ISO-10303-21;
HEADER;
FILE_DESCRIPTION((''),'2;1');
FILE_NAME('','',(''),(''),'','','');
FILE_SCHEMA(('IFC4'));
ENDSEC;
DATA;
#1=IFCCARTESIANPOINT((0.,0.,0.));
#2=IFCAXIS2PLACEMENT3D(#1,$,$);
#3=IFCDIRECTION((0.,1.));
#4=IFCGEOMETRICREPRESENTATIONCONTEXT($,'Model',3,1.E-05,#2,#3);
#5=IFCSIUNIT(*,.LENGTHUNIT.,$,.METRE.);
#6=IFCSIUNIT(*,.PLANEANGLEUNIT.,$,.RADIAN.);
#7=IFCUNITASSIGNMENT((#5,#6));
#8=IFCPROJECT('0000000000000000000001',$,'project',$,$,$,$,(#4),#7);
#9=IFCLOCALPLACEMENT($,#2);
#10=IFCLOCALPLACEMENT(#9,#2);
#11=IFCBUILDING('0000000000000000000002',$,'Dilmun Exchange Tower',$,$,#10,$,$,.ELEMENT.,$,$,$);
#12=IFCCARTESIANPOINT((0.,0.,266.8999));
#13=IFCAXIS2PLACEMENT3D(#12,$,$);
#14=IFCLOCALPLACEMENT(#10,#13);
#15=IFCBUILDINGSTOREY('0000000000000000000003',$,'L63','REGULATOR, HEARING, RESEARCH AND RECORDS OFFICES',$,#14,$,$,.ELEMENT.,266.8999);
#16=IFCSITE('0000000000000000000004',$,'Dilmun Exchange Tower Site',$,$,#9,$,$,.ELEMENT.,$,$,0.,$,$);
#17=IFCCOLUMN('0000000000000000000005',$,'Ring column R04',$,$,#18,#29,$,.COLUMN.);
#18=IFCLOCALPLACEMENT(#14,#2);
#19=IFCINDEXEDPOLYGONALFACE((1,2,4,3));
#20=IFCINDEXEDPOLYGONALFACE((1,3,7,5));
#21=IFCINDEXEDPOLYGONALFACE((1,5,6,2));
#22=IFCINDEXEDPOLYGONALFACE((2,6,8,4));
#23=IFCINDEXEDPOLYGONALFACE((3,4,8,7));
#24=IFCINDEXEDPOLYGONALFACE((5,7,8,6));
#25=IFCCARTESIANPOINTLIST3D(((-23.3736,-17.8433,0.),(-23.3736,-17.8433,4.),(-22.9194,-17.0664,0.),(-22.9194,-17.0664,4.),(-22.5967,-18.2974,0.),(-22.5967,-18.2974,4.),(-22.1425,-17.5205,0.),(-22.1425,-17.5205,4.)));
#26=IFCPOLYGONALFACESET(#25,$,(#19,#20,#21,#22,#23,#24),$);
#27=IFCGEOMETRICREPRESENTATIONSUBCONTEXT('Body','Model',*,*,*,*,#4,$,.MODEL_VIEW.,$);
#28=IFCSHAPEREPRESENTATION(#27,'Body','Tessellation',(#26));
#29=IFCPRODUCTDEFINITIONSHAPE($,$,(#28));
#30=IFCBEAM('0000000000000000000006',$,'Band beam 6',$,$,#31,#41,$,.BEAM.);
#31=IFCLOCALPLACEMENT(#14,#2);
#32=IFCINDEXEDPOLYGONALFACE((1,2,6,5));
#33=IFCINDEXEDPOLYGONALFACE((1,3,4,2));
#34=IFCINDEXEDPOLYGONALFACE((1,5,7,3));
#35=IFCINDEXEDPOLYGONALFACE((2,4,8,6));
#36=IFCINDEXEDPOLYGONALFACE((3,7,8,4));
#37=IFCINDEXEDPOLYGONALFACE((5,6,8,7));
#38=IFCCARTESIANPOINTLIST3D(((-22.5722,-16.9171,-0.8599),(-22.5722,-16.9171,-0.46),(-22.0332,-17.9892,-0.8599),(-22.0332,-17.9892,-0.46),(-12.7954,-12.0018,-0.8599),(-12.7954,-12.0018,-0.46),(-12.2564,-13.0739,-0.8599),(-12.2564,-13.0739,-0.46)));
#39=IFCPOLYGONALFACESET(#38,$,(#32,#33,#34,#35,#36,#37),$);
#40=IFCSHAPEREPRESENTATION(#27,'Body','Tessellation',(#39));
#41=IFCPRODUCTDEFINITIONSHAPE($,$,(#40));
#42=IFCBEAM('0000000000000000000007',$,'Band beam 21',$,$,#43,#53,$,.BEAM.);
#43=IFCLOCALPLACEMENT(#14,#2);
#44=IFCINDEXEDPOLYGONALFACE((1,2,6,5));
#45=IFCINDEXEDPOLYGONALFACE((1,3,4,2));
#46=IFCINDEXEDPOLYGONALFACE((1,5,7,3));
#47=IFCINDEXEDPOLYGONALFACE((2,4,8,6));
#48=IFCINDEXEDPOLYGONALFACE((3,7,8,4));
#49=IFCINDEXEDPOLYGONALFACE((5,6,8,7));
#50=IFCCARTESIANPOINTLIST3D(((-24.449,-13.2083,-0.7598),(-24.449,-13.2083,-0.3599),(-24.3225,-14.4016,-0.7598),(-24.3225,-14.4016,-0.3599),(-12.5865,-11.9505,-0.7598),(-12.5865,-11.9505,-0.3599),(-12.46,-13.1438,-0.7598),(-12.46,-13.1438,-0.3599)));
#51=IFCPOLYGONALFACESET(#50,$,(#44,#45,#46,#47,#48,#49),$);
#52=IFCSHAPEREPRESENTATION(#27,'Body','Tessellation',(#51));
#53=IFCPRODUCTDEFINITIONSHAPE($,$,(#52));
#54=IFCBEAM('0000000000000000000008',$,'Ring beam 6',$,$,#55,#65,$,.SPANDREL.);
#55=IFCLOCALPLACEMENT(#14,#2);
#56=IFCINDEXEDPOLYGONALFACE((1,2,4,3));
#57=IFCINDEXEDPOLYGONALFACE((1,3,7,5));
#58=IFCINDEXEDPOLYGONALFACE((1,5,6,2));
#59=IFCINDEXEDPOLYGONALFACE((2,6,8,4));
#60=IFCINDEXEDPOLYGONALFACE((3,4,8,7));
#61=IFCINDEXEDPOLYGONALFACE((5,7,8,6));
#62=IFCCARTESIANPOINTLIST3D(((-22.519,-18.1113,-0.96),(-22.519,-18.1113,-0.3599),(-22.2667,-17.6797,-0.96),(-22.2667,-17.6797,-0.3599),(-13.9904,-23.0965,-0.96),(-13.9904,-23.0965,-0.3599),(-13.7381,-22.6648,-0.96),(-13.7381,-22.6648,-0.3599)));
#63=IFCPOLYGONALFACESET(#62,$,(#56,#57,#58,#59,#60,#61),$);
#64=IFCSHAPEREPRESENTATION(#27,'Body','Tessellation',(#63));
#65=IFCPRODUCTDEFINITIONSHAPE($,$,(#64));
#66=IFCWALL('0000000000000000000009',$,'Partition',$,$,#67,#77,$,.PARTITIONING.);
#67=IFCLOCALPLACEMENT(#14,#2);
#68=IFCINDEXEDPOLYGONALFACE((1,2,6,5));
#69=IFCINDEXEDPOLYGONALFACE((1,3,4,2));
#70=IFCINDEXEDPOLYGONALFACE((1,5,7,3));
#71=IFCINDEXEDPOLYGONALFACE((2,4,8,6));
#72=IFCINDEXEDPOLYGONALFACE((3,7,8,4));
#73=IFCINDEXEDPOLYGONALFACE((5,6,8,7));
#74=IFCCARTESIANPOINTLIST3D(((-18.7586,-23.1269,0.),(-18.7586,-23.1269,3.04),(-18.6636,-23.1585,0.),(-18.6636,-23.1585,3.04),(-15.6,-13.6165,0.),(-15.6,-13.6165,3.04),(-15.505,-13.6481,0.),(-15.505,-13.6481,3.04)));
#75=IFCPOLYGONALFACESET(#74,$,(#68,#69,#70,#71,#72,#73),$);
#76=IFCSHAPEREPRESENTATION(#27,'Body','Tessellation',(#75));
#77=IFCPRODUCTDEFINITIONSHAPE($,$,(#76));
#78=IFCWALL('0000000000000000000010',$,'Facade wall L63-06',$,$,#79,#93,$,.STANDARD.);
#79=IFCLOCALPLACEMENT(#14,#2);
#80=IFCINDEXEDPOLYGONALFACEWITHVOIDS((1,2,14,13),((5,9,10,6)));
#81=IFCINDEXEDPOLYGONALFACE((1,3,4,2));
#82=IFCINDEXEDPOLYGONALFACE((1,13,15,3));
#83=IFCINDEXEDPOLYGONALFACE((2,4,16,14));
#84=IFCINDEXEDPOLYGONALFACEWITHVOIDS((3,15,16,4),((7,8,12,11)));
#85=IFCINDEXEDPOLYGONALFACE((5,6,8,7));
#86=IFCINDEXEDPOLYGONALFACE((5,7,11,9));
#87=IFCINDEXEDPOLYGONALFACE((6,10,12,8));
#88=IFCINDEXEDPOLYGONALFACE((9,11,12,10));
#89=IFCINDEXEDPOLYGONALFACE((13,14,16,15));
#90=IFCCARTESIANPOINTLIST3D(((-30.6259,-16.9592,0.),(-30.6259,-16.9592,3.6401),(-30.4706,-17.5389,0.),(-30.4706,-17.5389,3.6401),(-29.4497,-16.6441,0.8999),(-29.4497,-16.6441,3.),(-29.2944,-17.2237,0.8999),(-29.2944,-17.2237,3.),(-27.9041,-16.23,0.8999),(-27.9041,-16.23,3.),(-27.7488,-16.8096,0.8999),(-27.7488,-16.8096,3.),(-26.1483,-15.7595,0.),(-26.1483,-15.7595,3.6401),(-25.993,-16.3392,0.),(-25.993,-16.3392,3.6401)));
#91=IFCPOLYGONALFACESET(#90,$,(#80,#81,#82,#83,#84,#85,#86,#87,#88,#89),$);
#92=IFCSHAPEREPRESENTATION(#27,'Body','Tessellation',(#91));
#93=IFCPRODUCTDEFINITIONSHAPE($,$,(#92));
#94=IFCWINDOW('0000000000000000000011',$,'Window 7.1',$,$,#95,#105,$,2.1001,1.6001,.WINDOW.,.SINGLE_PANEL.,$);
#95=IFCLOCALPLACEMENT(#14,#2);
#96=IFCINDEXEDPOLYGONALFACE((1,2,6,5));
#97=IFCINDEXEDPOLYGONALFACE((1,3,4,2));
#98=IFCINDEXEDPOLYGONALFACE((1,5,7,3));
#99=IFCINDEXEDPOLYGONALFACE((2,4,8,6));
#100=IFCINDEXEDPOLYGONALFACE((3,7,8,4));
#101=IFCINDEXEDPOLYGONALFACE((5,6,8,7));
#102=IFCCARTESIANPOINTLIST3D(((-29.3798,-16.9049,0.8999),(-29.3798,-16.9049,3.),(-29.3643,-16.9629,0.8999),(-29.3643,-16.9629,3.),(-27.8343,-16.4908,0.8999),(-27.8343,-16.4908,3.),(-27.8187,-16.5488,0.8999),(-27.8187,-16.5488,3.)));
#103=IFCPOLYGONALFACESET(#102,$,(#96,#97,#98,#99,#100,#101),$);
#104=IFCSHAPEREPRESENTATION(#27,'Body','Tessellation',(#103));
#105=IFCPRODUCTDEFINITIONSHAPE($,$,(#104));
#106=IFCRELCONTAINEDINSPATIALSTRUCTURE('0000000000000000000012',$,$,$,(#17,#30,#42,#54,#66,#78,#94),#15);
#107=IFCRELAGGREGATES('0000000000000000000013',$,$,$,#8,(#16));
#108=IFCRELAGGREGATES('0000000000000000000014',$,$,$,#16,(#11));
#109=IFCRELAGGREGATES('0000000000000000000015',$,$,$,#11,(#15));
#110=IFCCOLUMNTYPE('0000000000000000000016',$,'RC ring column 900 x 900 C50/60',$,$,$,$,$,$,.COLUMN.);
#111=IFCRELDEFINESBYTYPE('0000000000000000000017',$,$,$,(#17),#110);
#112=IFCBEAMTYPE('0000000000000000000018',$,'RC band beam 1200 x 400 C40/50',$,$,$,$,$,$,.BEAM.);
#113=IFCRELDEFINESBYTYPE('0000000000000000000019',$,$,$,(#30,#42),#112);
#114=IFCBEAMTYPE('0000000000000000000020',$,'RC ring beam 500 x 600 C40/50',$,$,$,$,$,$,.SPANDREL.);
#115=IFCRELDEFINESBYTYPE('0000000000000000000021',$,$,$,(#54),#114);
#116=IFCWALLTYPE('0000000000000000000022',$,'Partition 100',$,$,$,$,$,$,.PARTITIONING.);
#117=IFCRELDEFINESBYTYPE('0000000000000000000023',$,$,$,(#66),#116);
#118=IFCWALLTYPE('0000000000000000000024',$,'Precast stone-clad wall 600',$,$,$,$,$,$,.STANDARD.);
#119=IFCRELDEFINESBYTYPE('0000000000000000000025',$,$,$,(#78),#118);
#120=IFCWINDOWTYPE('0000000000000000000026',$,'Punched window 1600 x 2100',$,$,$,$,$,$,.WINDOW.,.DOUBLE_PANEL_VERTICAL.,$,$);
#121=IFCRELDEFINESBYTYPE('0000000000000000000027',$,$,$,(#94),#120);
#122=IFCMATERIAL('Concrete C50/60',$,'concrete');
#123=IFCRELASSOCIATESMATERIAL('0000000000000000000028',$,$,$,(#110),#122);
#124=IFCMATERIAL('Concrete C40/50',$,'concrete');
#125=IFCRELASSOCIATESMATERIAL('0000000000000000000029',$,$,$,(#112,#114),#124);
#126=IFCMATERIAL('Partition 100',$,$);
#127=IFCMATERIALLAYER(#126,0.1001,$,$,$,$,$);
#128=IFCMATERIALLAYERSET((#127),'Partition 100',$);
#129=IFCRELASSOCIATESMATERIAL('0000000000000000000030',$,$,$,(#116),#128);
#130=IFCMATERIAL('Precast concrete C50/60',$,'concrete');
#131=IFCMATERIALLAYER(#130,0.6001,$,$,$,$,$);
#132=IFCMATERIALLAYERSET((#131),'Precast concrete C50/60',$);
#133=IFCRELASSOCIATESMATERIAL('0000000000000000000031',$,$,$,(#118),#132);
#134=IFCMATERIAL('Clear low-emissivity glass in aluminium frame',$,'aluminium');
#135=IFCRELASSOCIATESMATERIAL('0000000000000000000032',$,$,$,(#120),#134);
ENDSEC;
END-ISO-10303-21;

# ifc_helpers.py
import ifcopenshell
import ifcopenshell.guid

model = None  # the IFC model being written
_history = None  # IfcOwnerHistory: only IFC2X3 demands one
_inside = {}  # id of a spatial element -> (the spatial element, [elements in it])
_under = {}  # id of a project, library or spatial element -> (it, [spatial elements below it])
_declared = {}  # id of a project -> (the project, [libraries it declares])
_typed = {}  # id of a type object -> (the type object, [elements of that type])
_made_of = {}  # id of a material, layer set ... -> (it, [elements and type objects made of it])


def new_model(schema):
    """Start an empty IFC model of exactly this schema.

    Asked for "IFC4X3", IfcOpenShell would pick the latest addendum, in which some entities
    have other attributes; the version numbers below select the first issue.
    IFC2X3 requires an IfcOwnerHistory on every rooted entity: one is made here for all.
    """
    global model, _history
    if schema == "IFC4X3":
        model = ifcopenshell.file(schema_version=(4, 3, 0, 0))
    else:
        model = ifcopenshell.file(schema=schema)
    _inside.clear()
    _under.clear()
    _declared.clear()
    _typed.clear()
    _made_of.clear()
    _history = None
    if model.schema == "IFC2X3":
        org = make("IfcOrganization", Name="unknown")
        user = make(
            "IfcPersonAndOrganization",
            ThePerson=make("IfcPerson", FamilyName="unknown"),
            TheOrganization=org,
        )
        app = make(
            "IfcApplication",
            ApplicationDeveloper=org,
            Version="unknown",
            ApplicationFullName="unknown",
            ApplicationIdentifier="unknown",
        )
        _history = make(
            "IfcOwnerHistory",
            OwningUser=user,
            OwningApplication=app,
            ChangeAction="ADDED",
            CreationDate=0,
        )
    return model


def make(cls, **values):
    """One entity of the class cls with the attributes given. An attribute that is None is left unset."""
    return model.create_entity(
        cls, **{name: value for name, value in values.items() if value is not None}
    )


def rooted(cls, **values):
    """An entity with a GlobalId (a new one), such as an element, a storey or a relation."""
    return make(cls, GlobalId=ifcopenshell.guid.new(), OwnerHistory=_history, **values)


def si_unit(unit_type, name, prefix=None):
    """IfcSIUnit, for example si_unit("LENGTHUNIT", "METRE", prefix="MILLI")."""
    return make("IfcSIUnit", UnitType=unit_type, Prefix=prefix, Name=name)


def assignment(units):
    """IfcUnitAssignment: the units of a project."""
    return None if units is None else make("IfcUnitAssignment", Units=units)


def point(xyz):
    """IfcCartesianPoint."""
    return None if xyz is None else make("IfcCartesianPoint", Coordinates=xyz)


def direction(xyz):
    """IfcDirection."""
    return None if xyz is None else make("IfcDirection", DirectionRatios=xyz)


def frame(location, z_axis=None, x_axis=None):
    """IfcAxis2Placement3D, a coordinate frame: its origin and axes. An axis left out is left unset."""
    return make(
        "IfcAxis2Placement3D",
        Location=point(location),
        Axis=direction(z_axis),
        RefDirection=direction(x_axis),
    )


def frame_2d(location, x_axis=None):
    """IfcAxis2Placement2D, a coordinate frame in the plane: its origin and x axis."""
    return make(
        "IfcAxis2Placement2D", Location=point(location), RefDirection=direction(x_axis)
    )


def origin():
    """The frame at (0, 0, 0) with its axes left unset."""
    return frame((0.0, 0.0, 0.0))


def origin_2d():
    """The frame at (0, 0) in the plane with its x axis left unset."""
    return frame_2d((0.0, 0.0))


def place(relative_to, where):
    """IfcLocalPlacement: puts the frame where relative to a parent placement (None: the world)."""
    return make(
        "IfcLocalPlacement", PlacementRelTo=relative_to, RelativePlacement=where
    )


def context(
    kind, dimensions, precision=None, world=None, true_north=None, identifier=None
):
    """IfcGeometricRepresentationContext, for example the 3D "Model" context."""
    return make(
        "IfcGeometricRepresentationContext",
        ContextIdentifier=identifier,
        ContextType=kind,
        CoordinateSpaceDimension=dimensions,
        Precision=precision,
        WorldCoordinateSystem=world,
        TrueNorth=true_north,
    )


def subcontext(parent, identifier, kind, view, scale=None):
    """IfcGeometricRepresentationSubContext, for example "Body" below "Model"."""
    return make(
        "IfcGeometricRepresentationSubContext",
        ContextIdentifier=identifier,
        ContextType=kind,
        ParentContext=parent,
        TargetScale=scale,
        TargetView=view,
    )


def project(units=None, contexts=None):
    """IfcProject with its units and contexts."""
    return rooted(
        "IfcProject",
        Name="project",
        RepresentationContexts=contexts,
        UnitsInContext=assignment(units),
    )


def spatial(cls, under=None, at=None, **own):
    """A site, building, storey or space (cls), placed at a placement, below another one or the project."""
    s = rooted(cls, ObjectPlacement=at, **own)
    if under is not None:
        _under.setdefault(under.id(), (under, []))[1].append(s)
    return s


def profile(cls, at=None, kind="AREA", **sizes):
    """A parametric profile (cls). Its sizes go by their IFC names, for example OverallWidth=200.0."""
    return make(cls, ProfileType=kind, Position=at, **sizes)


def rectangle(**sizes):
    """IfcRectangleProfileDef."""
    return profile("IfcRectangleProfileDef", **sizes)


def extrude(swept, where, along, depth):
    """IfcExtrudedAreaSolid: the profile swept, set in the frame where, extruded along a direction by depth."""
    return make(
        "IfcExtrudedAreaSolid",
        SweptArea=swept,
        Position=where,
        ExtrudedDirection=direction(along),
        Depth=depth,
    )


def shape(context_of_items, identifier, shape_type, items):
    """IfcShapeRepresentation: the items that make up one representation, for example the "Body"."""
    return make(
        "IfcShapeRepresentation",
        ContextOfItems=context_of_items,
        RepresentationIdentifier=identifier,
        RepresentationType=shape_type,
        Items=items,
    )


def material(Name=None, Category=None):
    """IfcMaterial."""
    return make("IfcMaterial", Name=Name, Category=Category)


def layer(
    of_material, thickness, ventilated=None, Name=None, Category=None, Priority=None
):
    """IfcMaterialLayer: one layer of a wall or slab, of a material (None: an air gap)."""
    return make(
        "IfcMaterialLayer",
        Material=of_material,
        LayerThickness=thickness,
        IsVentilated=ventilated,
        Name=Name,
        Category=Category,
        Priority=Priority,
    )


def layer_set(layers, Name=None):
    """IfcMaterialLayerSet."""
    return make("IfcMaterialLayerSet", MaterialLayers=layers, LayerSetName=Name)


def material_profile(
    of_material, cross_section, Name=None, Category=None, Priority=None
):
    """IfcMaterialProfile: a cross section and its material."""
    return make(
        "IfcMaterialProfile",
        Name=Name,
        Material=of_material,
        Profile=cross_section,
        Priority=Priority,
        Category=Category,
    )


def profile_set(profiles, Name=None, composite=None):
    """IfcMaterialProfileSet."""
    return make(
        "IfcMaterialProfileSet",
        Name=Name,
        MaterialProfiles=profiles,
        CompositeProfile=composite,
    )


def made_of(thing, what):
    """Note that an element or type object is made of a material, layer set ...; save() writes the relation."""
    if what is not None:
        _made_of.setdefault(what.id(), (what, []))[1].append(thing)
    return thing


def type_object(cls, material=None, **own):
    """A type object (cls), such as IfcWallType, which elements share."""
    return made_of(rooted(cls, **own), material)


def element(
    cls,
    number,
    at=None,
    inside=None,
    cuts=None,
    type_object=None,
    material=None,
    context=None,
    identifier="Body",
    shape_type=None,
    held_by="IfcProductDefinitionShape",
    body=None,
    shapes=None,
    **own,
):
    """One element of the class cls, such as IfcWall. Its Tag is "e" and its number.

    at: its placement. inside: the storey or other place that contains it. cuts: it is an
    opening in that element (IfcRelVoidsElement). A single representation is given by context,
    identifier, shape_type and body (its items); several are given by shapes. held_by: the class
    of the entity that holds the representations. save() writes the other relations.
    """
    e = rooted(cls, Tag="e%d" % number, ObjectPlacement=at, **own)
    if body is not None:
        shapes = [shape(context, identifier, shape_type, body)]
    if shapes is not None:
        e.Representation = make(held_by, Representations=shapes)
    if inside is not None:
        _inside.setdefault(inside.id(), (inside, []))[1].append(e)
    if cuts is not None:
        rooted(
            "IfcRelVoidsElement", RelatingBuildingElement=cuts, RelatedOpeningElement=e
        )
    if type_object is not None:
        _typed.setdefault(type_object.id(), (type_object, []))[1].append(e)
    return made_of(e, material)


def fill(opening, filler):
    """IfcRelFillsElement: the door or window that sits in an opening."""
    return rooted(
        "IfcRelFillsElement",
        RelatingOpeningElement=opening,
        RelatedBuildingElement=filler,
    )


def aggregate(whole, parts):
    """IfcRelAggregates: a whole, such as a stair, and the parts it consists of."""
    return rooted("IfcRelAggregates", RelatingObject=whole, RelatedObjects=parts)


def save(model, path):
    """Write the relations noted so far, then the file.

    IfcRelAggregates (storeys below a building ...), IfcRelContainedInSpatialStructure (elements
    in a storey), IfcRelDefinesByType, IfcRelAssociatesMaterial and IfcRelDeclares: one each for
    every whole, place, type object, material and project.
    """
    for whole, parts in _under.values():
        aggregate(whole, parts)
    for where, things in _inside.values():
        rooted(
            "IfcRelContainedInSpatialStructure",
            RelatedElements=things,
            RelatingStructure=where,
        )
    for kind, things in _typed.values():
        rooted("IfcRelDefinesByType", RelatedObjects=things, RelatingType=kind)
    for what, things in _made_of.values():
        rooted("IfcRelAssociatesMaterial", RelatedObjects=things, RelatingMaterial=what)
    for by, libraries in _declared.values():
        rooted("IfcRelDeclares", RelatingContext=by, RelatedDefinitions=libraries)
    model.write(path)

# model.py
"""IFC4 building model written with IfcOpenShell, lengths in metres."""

from ifc_helpers import new_model, si_unit, direction, frame, frame_2d, origin, origin_2d, place, context, subcontext, project, spatial, rectangle, extrude, material, layer, layer_set, material_profile, profile_set, type_object, element, fill, save


model = new_model("IFC4")

# Units and contexts
model_context = context("Model", 3, precision=1e-05, world=origin(), true_north=direction((0.0, 1.0)))
body_context = subcontext(model_context, "Body", "Model", "MODEL_VIEW")
ifc_project = project(units=[si_unit("LENGTHUNIT", "METRE"), si_unit("PLANEANGLEUNIT", "RADIAN")], contexts=[model_context])

# Site, building, storey
site_placement = place(None, origin())
site = spatial("IfcSite", under=ifc_project, at=site_placement, Name="Dilmun Exchange Tower Site", CompositionType="ELEMENT", RefElevation=0.0)
building_placement = place(site_placement, origin())
building = spatial("IfcBuilding", under=site, at=building_placement, Name="Dilmun Exchange Tower", CompositionType="ELEMENT")
storey_placement = place(building_placement, frame((0.0, 0.0, 266.8999)))
storey = spatial("IfcBuildingStorey", under=building, at=storey_placement, Name="L63", Description="REGULATOR, HEARING, RESEARCH AND RECORDS OFFICES", CompositionType="ELEMENT", Elevation=266.8999)

# Column
ifc_material_1 = material(Name="Concrete C50/60", Category="concrete")
ifc_material_profile_1 = material_profile(ifc_material_1, rectangle(XDim=0.8999, YDim=0.8999, at=origin_2d()), Name="900 x 900")
ifc_profile_set_1 = profile_set([ifc_material_profile_1], Name="Concrete C50/60")
column_type = type_object("IfcColumnType", Name="RC ring column 900 x 900 C50/60", PredefinedType="COLUMN", material=ifc_profile_set_1)
column_placement = place(storey_placement, frame((-22.7581, -17.6819, 0.0), z_axis=(0.0, 0.0, 1.0), x_axis=(0.504644, 0.863328, 0.0)))
element("IfcColumn", 1, at=column_placement, inside=storey, type_object=column_type, Name="Ring column R04", PredefinedType="COLUMN", context=body_context, shape_type="SweptSolid", body=[
    extrude(rectangle(XDim=0.8999, YDim=0.8999, at=origin_2d()), origin(), (0.0, 0.0, 1.0), 4.0),
])

# Beams
ifc_material_2 = material(Name="Concrete C40/50", Category="concrete")
ifc_material_profile_2 = material_profile(ifc_material_2, rectangle(XDim=1.2, YDim=0.3999, at=origin_2d()), Name="1200 x 400")
ifc_profile_set_2 = profile_set([ifc_material_profile_2], Name="Concrete C40/50")
beam_type_1 = type_object("IfcBeamType", Name="RC band beam 1200 x 400 C40/50", PredefinedType="BEAM", material=ifc_profile_set_2)
beam_1_placement = place(storey_placement, frame((-22.3027, -17.4531, -0.6599), z_axis=(0.893443, 0.449176, 0.0), x_axis=(-0.449176, 0.893443, 0.0)))
element("IfcBeam", 2, at=beam_1_placement, inside=storey, type_object=beam_type_1, Name="Band beam 6", PredefinedType="BEAM", context=body_context, shape_type="SweptSolid", body=[
    extrude(rectangle(XDim=1.2, YDim=0.3999, at=origin_2d()), origin(), (0.0, 0.0, 1.0), 10.9429),
])
beam_2_placement = place(storey_placement, frame((-24.3857, -13.8049, -0.5598), z_axis=(0.994426, 0.105441, 0.0), x_axis=(-0.105441, 0.994426, 0.0)))
element("IfcBeam", 3, at=beam_2_placement, inside=storey, type_object=beam_type_1, Name="Band beam 21", PredefinedType="BEAM", context=body_context, shape_type="SweptSolid", body=[
    extrude(rectangle(XDim=1.2, YDim=0.3999, at=origin_2d()), origin(), (0.0, 0.0, 1.0), 11.929),
])
ifc_material_profile_3 = material_profile(ifc_material_2, rectangle(XDim=0.5, YDim=0.6001, at=origin_2d()), Name="500 x 600")
ifc_profile_set_3 = profile_set([ifc_material_profile_3], Name="Concrete C40/50")
beam_type_2 = type_object("IfcBeamType", Name="RC ring beam 500 x 600 C40/50", PredefinedType="SPANDREL", material=ifc_profile_set_3)
beam_3_placement = place(storey_placement, frame((-22.3928, -17.8955, -0.6599), z_axis=(0.863333, -0.504635, 0.0), x_axis=(0.504635, 0.863333, 0.0)))
element("IfcBeam", 4, at=beam_3_placement, inside=storey, type_object=beam_type_2, Name="Ring beam 6", PredefinedType="SPANDREL", context=body_context, shape_type="SweptSolid", body=[
    extrude(rectangle(XDim=0.5, YDim=0.6001, at=origin_2d()), origin(), (0.0, 0.0, 1.0), 9.8787),
])

# Wall
ifc_material_3 = material(Name="Partition 100")
ifc_layer_1 = layer(ifc_material_3, 0.1001)
ifc_layer_set_1 = layer_set([ifc_layer_1], Name="Partition 100")
wall_type_1 = type_object("IfcWallType", Name="Partition 100", PredefinedType="PARTITIONING", material=ifc_layer_set_1)
wall_1_placement = place(storey_placement, frame((-18.7112, -23.1428, 0.0), z_axis=(0.0, 0.0, 1.0), x_axis=(0.315197, 0.949026, 0.0)))
element("IfcWall", 5, at=wall_1_placement, inside=storey, type_object=wall_type_1, Name="Partition", PredefinedType="PARTITIONING", context=body_context, shape_type="SweptSolid", body=[
    extrude(rectangle(XDim=10.0212, YDim=0.1001, at=frame_2d((5.0107, 0.0))), origin(), (0.0, 0.0, 1.0), 3.04),
])

# Wall, opening, window
ifc_material_4 = material(Name="Precast concrete C50/60", Category="concrete")
ifc_layer_2 = layer(ifc_material_4, 0.6001)
ifc_layer_set_2 = layer_set([ifc_layer_2], Name="Precast concrete C50/60")
wall_type_2 = type_object("IfcWallType", Name="Precast stone-clad wall 600", PredefinedType="STANDARD", material=ifc_layer_set_2)
wall_2_placement = place(storey_placement, frame((-26.0706, -16.0493, 0.0), z_axis=(0.0, 0.0, 1.0), x_axis=(-0.965928, -0.25881, 0.0)))
wall_2 = element("IfcWall", 6, at=wall_2_placement, inside=storey, type_object=wall_type_2, Name="Facade wall L63-06", PredefinedType="STANDARD", context=body_context, shape_type="SweptSolid", body=[
    extrude(rectangle(XDim=4.6355, YDim=0.6001, at=frame_2d((2.3179, 0.0))), origin(), (0.0, 0.0, 1.0), 3.6401),
])
opening_1_placement = place(wall_2_placement, frame((1.8179, 0.0, 0.8999)))
opening_1 = element("IfcOpeningElement", 7, at=opening_1_placement, cuts=wall_2, PredefinedType="OPENING", context=body_context, shape_type="SweptSolid", body=[
    extrude(rectangle(XDim=1.6001, YDim=2.1001, at=frame_2d((0.8, 1.05))), frame((0.0, 0.3101, 0.0), z_axis=(0.0, -1.0, 0.0), x_axis=(1.0, 0.0, 0.0)), (0.0, 0.0, 1.0), 0.6201),
])
ifc_material_5 = material(Name="Clear low-emissivity glass in aluminium frame", Category="aluminium")
window_type_1 = type_object("IfcWindowType", Name="Punched window 1600 x 2100", PartitioningType="DOUBLE_PANEL_VERTICAL", PredefinedType="WINDOW", material=ifc_material_5)
window_1_placement = place(opening_1_placement, origin())
window_1 = element("IfcWindow", 8, at=window_1_placement, inside=storey, type_object=window_type_1, Name="Window 7.1", OverallHeight=2.1001, OverallWidth=1.6001, PartitioningType="SINGLE_PANEL", PredefinedType="WINDOW", context=body_context, shape_type="SweptSolid", body=[
    extrude(rectangle(XDim=1.6001, YDim=2.1001, at=frame_2d((0.8, 1.05))), frame((0.0, 0.03, 0.0), z_axis=(0.0, -1.0, 0.0), x_axis=(1.0, 0.0, 0.0)), (0.0, 0.0, 1.0), 0.0601),
])
fill(opening_1, window_1)

save(model, "model.ifc")
